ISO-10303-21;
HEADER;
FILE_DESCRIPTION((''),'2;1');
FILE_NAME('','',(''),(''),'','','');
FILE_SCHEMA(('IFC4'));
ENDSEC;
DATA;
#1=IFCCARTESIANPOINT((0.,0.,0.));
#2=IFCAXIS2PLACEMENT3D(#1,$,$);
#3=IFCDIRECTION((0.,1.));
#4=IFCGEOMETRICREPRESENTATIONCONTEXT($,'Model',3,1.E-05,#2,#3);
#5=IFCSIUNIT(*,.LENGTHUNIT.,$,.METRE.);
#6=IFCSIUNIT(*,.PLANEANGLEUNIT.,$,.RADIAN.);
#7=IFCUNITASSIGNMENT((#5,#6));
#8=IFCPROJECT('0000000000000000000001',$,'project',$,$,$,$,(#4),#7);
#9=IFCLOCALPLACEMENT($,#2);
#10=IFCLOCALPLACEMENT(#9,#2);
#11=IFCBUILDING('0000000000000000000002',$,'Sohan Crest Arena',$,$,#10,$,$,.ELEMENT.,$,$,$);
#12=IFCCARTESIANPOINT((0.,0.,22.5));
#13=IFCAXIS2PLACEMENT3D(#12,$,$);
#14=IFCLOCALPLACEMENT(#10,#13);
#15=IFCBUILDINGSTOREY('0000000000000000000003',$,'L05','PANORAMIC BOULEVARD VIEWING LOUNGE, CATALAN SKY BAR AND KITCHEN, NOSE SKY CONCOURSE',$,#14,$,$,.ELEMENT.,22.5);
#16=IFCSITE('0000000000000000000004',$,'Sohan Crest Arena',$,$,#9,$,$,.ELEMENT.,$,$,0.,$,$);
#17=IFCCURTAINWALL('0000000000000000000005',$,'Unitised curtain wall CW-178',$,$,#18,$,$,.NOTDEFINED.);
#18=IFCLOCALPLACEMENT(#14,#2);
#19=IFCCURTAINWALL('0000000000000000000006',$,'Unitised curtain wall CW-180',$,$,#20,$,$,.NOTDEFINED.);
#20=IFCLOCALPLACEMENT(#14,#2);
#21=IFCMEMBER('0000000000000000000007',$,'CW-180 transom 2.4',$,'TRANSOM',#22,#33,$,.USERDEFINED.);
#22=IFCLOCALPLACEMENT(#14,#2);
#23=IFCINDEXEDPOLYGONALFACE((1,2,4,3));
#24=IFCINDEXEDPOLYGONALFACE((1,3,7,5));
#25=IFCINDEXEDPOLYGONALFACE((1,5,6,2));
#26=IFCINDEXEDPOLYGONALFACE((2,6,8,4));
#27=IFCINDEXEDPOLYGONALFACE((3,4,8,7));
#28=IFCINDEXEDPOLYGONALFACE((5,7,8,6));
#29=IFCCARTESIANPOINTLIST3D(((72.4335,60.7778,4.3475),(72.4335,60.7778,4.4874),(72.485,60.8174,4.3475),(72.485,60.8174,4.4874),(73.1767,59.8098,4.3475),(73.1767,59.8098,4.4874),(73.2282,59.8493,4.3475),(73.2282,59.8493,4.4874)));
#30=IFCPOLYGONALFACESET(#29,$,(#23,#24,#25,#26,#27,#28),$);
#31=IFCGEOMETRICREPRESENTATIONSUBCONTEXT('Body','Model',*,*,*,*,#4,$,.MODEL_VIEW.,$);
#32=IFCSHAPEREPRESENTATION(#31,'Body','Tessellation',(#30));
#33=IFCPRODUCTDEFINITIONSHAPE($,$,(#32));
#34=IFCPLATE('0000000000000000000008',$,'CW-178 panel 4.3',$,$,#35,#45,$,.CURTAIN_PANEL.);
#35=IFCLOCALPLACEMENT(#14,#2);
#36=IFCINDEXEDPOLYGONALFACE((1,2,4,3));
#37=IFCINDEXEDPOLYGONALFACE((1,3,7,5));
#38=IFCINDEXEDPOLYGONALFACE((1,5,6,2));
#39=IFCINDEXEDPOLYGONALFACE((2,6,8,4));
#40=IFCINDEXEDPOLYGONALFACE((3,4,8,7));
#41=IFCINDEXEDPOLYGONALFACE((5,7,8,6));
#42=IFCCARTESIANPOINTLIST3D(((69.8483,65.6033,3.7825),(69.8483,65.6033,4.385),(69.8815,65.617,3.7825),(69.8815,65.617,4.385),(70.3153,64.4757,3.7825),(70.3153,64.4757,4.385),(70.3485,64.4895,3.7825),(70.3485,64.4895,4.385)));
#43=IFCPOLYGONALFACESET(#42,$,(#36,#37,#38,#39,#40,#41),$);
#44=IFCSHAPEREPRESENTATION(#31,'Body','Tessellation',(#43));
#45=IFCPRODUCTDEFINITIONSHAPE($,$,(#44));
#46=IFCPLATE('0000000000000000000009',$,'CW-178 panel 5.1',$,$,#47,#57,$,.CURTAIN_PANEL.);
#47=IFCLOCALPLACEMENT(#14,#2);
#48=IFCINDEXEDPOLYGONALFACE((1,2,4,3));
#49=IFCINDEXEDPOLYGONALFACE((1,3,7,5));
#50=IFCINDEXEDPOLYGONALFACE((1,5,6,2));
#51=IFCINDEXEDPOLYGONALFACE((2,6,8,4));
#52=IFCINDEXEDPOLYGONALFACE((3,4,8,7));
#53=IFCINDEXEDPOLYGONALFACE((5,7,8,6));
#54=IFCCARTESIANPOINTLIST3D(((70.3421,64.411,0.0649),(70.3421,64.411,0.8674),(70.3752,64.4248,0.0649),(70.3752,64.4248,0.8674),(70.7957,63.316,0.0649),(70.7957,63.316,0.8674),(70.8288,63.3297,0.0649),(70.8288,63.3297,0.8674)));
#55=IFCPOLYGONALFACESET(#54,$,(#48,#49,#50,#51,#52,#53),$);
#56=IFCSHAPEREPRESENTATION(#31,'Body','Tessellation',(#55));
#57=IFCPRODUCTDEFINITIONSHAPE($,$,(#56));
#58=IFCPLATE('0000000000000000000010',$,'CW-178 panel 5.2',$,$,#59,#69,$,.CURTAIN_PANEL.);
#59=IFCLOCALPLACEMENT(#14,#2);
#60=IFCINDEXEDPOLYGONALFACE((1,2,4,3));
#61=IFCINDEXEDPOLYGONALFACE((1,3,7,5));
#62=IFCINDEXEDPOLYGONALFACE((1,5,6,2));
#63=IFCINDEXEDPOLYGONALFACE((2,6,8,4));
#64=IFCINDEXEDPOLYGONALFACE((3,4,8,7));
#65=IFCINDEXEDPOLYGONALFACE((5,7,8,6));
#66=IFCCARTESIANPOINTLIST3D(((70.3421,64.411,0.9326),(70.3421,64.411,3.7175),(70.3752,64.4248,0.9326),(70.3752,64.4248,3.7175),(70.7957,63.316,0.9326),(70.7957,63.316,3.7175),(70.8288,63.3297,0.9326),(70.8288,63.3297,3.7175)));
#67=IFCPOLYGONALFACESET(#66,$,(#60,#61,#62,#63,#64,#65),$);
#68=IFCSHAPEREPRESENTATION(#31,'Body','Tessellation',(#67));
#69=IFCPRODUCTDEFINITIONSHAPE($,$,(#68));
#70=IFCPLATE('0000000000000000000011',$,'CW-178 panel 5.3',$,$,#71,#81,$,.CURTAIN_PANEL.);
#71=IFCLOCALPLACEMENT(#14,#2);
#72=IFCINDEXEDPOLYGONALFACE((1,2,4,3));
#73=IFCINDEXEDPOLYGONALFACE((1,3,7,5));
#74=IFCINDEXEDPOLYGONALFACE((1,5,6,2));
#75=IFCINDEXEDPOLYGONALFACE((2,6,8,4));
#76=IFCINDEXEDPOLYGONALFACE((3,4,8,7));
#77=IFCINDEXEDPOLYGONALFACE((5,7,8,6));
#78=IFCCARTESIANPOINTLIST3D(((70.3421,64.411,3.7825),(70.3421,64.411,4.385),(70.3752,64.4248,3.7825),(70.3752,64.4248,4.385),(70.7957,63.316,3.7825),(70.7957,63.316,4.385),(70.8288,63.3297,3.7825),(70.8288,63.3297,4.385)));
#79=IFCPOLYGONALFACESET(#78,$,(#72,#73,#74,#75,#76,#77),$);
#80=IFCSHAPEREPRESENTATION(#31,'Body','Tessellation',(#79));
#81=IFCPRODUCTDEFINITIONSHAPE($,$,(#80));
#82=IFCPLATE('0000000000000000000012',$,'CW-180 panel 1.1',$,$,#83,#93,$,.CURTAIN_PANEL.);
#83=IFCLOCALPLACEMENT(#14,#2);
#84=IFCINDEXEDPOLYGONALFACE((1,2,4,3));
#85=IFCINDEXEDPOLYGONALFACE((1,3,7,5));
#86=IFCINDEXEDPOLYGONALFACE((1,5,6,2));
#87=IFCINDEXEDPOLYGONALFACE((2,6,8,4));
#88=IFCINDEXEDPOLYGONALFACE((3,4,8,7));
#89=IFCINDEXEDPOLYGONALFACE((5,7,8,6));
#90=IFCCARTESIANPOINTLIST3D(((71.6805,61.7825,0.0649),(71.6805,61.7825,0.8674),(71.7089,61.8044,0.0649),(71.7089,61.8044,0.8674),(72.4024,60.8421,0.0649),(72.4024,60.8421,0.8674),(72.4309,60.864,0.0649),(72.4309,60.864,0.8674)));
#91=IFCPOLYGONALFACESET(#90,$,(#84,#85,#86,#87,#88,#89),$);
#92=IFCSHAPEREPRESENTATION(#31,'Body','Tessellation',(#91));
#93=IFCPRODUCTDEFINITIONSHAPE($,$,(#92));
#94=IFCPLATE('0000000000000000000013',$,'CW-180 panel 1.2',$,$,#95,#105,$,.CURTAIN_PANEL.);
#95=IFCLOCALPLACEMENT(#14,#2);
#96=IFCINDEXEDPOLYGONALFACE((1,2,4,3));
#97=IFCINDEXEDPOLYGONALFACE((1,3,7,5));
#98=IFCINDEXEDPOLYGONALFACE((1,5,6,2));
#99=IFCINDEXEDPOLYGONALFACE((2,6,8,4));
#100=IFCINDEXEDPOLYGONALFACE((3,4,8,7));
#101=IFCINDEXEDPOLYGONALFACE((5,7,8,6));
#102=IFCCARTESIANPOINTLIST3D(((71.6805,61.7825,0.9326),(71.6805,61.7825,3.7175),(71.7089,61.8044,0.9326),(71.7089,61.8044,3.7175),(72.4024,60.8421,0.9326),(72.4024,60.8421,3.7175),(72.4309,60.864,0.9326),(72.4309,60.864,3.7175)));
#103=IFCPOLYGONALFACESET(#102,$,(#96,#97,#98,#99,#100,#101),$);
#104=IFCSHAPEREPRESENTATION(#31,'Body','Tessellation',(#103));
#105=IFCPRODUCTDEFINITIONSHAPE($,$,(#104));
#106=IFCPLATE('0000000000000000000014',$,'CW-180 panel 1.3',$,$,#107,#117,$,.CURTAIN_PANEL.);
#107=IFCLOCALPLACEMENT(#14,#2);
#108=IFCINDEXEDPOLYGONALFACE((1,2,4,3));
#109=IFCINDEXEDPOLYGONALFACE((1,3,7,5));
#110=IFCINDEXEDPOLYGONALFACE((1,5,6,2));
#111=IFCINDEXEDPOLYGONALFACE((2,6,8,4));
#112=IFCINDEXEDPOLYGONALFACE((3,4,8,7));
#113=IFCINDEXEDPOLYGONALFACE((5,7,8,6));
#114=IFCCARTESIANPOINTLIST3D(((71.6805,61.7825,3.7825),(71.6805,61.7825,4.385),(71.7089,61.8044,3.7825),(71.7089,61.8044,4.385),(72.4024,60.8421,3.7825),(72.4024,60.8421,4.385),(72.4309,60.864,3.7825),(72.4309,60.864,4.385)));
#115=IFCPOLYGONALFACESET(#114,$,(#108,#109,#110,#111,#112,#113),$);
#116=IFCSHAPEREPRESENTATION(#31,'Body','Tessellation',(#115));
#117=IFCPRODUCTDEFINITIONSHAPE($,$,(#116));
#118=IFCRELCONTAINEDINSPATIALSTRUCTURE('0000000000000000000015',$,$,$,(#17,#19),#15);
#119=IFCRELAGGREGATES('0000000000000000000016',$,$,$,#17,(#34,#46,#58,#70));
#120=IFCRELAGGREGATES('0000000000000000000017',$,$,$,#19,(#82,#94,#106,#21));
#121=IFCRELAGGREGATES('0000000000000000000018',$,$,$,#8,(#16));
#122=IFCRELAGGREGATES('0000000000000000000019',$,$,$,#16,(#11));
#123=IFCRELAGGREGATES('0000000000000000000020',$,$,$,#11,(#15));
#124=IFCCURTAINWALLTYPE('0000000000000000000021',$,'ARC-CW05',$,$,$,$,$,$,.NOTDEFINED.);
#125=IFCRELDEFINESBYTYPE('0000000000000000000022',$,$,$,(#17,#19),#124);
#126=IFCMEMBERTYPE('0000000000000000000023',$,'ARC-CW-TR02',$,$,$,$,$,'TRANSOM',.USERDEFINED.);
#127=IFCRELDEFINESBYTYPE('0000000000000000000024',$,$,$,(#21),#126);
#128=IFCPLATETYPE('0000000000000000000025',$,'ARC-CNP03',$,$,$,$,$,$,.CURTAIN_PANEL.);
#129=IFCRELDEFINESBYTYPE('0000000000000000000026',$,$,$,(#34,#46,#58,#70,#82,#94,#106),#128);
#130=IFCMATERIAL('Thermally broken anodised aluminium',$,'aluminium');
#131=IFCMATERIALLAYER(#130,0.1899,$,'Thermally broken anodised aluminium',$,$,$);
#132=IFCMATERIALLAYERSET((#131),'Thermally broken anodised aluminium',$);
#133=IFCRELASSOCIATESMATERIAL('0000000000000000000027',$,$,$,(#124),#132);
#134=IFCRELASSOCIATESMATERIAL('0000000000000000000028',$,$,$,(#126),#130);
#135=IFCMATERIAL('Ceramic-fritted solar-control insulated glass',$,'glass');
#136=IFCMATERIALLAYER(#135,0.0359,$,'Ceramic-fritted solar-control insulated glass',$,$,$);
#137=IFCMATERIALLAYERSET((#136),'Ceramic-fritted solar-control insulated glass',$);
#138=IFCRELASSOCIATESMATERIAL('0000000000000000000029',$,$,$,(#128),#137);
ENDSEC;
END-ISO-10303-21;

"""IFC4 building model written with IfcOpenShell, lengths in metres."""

from ifc_helpers import new_model, si_unit, direction, frame, origin, origin_2d, place, context, subcontext, project, spatial, rectangle, extrude, material, layer, layer_set, material_profile, profile_set, type_object, element, aggregate, save


model = new_model("IFC4")

# Units and contexts
model_context = context("Model", 3, precision=1e-05, world=origin(), true_north=direction((0.0, 1.0)))
body_context = subcontext(model_context, "Body", "Model", "MODEL_VIEW")
ifc_project = project(units=[si_unit("LENGTHUNIT", "METRE"), si_unit("PLANEANGLEUNIT", "RADIAN")], contexts=[model_context])

# Site, building, storey
site_placement = place(None, origin())
site = spatial("IfcSite", under=ifc_project, at=site_placement, Name="Sohan Crest Arena", CompositionType="ELEMENT", RefElevation=0.0)
building_placement = place(site_placement, origin())
building = spatial("IfcBuilding", under=site, at=building_placement, Name="Sohan Crest Arena", CompositionType="ELEMENT")
storey_placement = place(building_placement, frame((0.0, 0.0, 22.5)))
storey = spatial("IfcBuildingStorey", under=building, at=storey_placement, Name="L05", Description="PANORAMIC BOULEVARD VIEWING LOUNGE, CATALAN SKY BAR AND KITCHEN, NOSE SKY CONCOURSE", CompositionType="ELEMENT", Elevation=22.5)

# Curtain walls
ifc_material_1 = material(Name="Thermally broken anodised aluminium", Category="aluminium")
ifc_layer_1 = layer(ifc_material_1, 0.1899, Name="Thermally broken anodised aluminium")
ifc_layer_set_1 = layer_set([ifc_layer_1], Name="Thermally broken anodised aluminium")
curtain_wall_type = type_object("IfcCurtainWallType", Name="ARC-CW05", PredefinedType="NOTDEFINED", material=ifc_layer_set_1)
curtain_wall_1_placement = place(storey_placement, origin())
curtain_wall_1 = element("IfcCurtainWall", 1, at=curtain_wall_1_placement, inside=storey, type_object=curtain_wall_type, Name="Unitised curtain wall CW-178", PredefinedType="NOTDEFINED")
curtain_wall_2_placement = place(storey_placement, origin())
curtain_wall_2 = element("IfcCurtainWall", 2, at=curtain_wall_2_placement, inside=storey, type_object=curtain_wall_type, Name="Unitised curtain wall CW-180", PredefinedType="NOTDEFINED")

# Member
ifc_material_profile_1 = material_profile(ifc_material_1, rectangle(XDim=0.0649, YDim=0.1399, at=origin_2d()), Name="ALU-TRAN 65x140")
ifc_profile_set_1 = profile_set([ifc_material_profile_1], Name="Thermally broken anodised aluminium")
member_type_1 = type_object("IfcMemberType", Name="ARC-CW-TR02", ElementType="TRANSOM", PredefinedType="USERDEFINED", material=ifc_profile_set_1)
member_1_placement = place(storey_placement, frame((72.4592, 60.7976, 4.4175), z_axis=(0.608956, -0.793204, 0.0), x_axis=(0.793204, 0.608956, 0.0)))
member_1 = element("IfcMember", 3, at=member_1_placement, type_object=member_type_1, Name="CW-180 transom 2.4", ObjectType="TRANSOM", PredefinedType="USERDEFINED", context=body_context, shape_type="SweptSolid", body=[
    extrude(rectangle(XDim=0.0649, YDim=0.1399, at=origin_2d()), origin(), (0.0, 0.0, 1.0), 1.2205),
])

# Plates
ifc_material_2 = material(Name="Ceramic-fritted solar-control insulated glass", Category="glass")
ifc_layer_2 = layer(ifc_material_2, 0.0359, Name="Ceramic-fritted solar-control insulated glass")
ifc_layer_set_2 = layer_set([ifc_layer_2], Name="Ceramic-fritted solar-control insulated glass")
plate_type = type_object("IfcPlateType", Name="ARC-CNP03", PredefinedType="CURTAIN_PANEL", material=ifc_layer_set_2)
plate_1_placement = place(storey_placement, frame((70.0984, 65.0464, 3.7825), z_axis=(0.0, 0.0, 1.0), x_axis=(0.382667, -0.923886, 0.0)))
plate_1 = element("IfcPlate", 4, at=plate_1_placement, type_object=plate_type, Name="CW-178 panel 4.3", PredefinedType="CURTAIN_PANEL", context=body_context, shape_type="SweptSolid", body=[
    extrude(rectangle(XDim=1.2205, YDim=0.0359, at=origin_2d()), origin(), (0.0, 0.0, 1.0), 0.6025),
])
plate_2_placement = place(storey_placement, frame((70.5854, 63.8704, 0.0649), z_axis=(0.0, 0.0, 1.0), x_axis=(0.382667, -0.923886, 0.0)))
plate_2 = element("IfcPlate", 5, at=plate_2_placement, type_object=plate_type, Name="CW-178 panel 5.1", PredefinedType="CURTAIN_PANEL", context=body_context, shape_type="SweptSolid", body=[
    extrude(rectangle(XDim=1.1853, YDim=0.0359, at=origin_2d()), origin(), (0.0, 0.0, 1.0), 0.8025),
])
plate_3_placement = place(storey_placement, frame((70.5854, 63.8704, 0.9326), z_axis=(0.0, 0.0, 1.0), x_axis=(0.382667, -0.923886, 0.0)))
plate_3 = element("IfcPlate", 6, at=plate_3_placement, type_object=plate_type, Name="CW-178 panel 5.2", PredefinedType="CURTAIN_PANEL", context=body_context, shape_type="SweptSolid", body=[
    extrude(rectangle(XDim=1.1853, YDim=0.0359, at=origin_2d()), origin(), (0.0, 0.0, 1.0), 2.7849),
])
plate_4_placement = place(storey_placement, frame((70.5854, 63.8704, 3.7825), z_axis=(0.0, 0.0, 1.0), x_axis=(0.382667, -0.923886, 0.0)))
plate_4 = element("IfcPlate", 7, at=plate_4_placement, type_object=plate_type, Name="CW-178 panel 5.3", PredefinedType="CURTAIN_PANEL", context=body_context, shape_type="SweptSolid", body=[
    extrude(rectangle(XDim=1.1853, YDim=0.0359, at=origin_2d()), origin(), (0.0, 0.0, 1.0), 0.6025),
])
aggregate(curtain_wall_1, [plate_1, plate_2, plate_3, plate_4])
plate_5_placement = place(storey_placement, frame((72.0557, 61.3232, 0.0649), z_axis=(0.0, 0.0, 1.0), x_axis=(0.608939, -0.793217, 0.0)))
plate_5 = element("IfcPlate", 8, at=plate_5_placement, type_object=plate_type, Name="CW-180 panel 1.1", PredefinedType="CURTAIN_PANEL", context=body_context, shape_type="SweptSolid", body=[
    extrude(rectangle(XDim=1.1855, YDim=0.0359, at=origin_2d()), origin(), (0.0, 0.0, 1.0), 0.8025),
])
plate_6_placement = place(storey_placement, frame((72.0557, 61.3232, 0.9326), z_axis=(0.0, 0.0, 1.0), x_axis=(0.608939, -0.793217, 0.0)))
plate_6 = element("IfcPlate", 9, at=plate_6_placement, type_object=plate_type, Name="CW-180 panel 1.2", PredefinedType="CURTAIN_PANEL", context=body_context, shape_type="SweptSolid", body=[
    extrude(rectangle(XDim=1.1855, YDim=0.0359, at=origin_2d()), origin(), (0.0, 0.0, 1.0), 2.7849),
])
plate_7_placement = place(storey_placement, frame((72.0557, 61.3232, 3.7825), z_axis=(0.0, 0.0, 1.0), x_axis=(0.608939, -0.793217, 0.0)))
plate_7 = element("IfcPlate", 10, at=plate_7_placement, type_object=plate_type, Name="CW-180 panel 1.3", PredefinedType="CURTAIN_PANEL", context=body_context, shape_type="SweptSolid", body=[
    extrude(rectangle(XDim=1.1855, YDim=0.0359, at=origin_2d()), origin(), (0.0, 0.0, 1.0), 0.6025),
])
aggregate(curtain_wall_2, [plate_5, plate_6, plate_7, member_1])

save(model, "model.ifc")
